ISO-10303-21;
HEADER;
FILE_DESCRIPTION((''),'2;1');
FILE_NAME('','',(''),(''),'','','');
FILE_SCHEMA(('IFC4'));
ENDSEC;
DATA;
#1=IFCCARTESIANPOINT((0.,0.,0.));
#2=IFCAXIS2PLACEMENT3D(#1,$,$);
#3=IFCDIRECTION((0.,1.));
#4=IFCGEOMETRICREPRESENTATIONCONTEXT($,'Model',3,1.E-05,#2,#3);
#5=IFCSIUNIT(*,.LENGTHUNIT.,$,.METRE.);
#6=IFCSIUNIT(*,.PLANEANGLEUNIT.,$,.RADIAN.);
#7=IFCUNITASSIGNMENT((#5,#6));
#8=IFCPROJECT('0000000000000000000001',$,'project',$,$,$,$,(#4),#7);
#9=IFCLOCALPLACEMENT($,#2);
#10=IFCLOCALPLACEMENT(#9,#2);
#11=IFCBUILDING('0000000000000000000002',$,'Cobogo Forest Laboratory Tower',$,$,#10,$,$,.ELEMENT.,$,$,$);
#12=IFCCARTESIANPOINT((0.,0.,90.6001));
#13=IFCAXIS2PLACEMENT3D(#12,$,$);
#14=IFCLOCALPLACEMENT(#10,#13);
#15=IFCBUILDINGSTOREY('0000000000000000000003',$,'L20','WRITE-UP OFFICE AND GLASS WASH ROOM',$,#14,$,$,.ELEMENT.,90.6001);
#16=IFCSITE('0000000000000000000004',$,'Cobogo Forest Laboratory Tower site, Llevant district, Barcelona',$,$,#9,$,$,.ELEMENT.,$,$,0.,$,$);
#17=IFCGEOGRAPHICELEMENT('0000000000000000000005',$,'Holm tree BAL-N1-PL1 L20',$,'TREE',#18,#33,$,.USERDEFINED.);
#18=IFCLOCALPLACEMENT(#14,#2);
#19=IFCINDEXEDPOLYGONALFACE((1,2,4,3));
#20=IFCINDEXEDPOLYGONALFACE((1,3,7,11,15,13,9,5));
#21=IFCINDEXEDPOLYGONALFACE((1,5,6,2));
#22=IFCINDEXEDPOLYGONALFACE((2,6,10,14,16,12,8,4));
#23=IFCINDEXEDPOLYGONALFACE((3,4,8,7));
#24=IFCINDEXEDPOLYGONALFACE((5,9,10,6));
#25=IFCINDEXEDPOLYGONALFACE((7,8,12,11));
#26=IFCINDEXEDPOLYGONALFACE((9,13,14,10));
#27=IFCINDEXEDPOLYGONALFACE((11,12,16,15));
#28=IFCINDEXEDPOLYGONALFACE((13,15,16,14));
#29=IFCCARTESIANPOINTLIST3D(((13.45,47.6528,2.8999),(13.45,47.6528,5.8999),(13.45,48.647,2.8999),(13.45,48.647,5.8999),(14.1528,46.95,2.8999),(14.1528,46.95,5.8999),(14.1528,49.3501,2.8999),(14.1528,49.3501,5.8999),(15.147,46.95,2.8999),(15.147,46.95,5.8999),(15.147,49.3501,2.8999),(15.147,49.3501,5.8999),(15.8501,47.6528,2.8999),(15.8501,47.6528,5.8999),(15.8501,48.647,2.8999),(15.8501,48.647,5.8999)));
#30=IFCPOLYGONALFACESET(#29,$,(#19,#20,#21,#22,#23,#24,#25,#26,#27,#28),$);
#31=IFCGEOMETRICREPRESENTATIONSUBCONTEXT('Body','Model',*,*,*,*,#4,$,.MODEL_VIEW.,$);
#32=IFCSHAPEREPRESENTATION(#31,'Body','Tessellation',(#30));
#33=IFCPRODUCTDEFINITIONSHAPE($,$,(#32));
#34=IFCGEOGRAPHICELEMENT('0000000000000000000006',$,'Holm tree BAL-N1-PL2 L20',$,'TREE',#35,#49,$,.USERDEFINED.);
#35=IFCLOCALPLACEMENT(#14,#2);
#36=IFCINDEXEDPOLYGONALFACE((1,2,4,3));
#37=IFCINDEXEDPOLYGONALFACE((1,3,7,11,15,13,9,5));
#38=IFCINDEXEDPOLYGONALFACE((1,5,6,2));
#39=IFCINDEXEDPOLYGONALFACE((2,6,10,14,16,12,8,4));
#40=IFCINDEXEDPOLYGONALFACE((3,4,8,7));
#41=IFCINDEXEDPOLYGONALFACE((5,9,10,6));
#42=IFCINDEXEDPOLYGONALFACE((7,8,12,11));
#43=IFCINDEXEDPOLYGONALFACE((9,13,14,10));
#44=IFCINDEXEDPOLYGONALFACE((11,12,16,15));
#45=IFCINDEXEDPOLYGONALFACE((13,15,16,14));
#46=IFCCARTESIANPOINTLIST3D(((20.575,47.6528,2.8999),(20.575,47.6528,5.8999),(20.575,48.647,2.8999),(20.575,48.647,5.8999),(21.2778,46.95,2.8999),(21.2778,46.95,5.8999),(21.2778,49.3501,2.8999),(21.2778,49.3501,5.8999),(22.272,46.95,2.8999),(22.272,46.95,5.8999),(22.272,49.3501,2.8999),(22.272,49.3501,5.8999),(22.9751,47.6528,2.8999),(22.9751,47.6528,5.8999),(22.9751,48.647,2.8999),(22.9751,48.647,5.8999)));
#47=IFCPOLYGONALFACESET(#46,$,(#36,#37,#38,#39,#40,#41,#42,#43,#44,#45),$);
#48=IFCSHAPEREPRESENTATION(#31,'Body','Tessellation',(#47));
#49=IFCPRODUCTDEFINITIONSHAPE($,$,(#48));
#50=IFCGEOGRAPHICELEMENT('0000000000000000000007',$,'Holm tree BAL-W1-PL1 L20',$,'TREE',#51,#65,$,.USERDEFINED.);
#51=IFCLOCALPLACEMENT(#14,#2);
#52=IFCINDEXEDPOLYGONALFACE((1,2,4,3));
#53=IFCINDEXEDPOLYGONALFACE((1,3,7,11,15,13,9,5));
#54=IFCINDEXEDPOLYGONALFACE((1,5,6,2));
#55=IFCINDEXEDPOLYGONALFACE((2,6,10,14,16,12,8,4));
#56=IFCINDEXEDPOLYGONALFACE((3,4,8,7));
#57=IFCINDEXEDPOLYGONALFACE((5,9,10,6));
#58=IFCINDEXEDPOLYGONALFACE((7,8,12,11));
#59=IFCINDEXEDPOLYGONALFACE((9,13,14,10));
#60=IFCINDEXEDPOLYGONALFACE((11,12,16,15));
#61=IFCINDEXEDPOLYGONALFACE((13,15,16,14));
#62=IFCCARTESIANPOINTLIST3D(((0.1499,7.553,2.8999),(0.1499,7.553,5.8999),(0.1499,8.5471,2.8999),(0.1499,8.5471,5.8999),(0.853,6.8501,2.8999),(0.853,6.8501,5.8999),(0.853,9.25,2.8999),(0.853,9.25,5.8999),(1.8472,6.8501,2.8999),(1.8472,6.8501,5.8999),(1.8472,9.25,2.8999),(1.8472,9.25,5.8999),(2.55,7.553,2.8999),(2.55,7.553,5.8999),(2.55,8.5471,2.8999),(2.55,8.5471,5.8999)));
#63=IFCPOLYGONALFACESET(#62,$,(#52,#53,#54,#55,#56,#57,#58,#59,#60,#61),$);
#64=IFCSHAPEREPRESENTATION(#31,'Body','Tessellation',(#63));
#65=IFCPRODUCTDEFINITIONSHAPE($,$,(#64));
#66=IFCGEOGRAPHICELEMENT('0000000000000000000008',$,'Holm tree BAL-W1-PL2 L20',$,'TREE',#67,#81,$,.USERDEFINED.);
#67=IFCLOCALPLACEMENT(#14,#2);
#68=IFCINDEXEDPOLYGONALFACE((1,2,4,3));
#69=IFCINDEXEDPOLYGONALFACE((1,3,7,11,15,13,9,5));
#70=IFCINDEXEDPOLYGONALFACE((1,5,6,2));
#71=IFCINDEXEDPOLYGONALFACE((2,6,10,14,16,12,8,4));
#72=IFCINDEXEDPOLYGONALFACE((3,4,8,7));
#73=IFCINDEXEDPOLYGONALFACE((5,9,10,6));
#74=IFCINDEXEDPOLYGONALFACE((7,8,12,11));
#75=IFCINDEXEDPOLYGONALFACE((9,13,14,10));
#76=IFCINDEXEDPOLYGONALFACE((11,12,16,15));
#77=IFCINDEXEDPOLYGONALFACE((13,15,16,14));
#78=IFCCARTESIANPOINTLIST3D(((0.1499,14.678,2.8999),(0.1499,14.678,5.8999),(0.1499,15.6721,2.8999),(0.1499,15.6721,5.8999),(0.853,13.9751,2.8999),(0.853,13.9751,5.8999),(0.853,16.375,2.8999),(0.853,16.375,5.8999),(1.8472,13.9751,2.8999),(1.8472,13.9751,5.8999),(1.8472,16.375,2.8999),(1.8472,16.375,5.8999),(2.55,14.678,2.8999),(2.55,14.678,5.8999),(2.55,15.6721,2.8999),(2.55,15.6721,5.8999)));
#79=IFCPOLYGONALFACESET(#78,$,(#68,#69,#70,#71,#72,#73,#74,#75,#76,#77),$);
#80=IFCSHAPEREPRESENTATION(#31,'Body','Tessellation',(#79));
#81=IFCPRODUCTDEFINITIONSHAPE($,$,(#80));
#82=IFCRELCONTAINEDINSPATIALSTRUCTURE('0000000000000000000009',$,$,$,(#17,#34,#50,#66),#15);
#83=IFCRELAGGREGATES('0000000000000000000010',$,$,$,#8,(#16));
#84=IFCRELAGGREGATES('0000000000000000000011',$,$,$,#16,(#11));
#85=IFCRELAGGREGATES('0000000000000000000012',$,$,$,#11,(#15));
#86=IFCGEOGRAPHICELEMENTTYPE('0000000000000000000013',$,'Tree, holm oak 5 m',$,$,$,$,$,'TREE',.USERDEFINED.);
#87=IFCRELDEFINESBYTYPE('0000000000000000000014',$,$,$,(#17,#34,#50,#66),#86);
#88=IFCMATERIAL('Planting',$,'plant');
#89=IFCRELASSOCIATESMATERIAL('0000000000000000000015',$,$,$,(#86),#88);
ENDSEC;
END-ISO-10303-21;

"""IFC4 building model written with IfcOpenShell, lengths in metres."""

from ifc_helpers import new_model, si_unit, direction, frame, origin, place, context, subcontext, project, spatial, polyline, outline, extrude, material, type_object, element, save


model = new_model("IFC4")

# Units and contexts
model_context = context("Model", 3, precision=1e-05, world=origin(), true_north=direction((0.0, 1.0)))
body_context = subcontext(model_context, "Body", "Model", "MODEL_VIEW")
ifc_project = project(units=[si_unit("LENGTHUNIT", "METRE"), si_unit("PLANEANGLEUNIT", "RADIAN")], contexts=[model_context])

# Site, building, storey
site_placement = place(None, origin())
site = spatial("IfcSite", under=ifc_project, at=site_placement, Name="Cobogo Forest Laboratory Tower site, Llevant district, Barcelona", CompositionType="ELEMENT", RefElevation=0.0)
building_placement = place(site_placement, origin())
building = spatial("IfcBuilding", under=site, at=building_placement, Name="Cobogo Forest Laboratory Tower", CompositionType="ELEMENT")
storey_placement = place(building_placement, frame((0.0, 0.0, 90.6001)))
storey = spatial("IfcBuildingStorey", under=building, at=storey_placement, Name="L20", Description="WRITE-UP OFFICE AND GLASS WASH ROOM", CompositionType="ELEMENT", Elevation=90.6001)

# Geographic elements
ifc_material_1 = material(Name="Planting", Category="plant")
geographic_element_type = type_object("IfcGeographicElementType", Name="Tree, holm oak 5 m", ElementType="TREE", PredefinedType="USERDEFINED", material=ifc_material_1)
geographic_element_1_placement = place(storey_placement, frame((0.0, 0.0, 2.8999)))
element("IfcGeographicElement", 1, at=geographic_element_1_placement, inside=storey, type_object=geographic_element_type, Name="Holm tree BAL-N1-PL1 L20", ObjectType="TREE", PredefinedType="USERDEFINED", context=body_context, shape_type="SweptSolid", body=[
    extrude(outline(polyline([(15.8501, 47.6528), (15.8501, 48.647), (15.147, 49.3501), (14.1528, 49.3501), (13.45, 48.647), (13.45, 47.6528), (14.1528, 46.95), (15.147, 46.95), (15.8501, 47.6528)])), origin(), (0.0, 0.0, 1.0), 3.0),
])
geographic_element_2_placement = place(storey_placement, frame((0.0, 0.0, 2.8999)))
element("IfcGeographicElement", 2, at=geographic_element_2_placement, inside=storey, type_object=geographic_element_type, Name="Holm tree BAL-N1-PL2 L20", ObjectType="TREE", PredefinedType="USERDEFINED", context=body_context, shape_type="SweptSolid", body=[
    extrude(outline(polyline([(22.9751, 47.6528), (22.9751, 48.647), (22.272, 49.3501), (21.2778, 49.3501), (20.575, 48.647), (20.575, 47.6528), (21.2778, 46.95), (22.272, 46.95), (22.9751, 47.6528)])), origin(), (0.0, 0.0, 1.0), 3.0),
])
geographic_element_3_placement = place(storey_placement, frame((0.0, 0.0, 2.8999)))
element("IfcGeographicElement", 3, at=geographic_element_3_placement, inside=storey, type_object=geographic_element_type, Name="Holm tree BAL-W1-PL1 L20", ObjectType="TREE", PredefinedType="USERDEFINED", context=body_context, shape_type="SweptSolid", body=[
    extrude(outline(polyline([(2.55, 7.553), (2.55, 8.5471), (1.8472, 9.25), (0.853, 9.25), (0.1499, 8.5471), (0.1499, 7.553), (0.853, 6.8501), (1.8472, 6.8501), (2.55, 7.553)])), origin(), (0.0, 0.0, 1.0), 3.0),
])
geographic_element_4_placement = place(storey_placement, frame((0.0, 0.0, 2.8999)))
element("IfcGeographicElement", 4, at=geographic_element_4_placement, inside=storey, type_object=geographic_element_type, Name="Holm tree BAL-W1-PL2 L20", ObjectType="TREE", PredefinedType="USERDEFINED", context=body_context, shape_type="SweptSolid", body=[
    extrude(outline(polyline([(2.55, 14.678), (2.55, 15.6721), (1.8472, 16.375), (0.853, 16.375), (0.1499, 15.6721), (0.1499, 14.678), (0.853, 13.9751), (1.8472, 13.9751), (2.55, 14.678)])), origin(), (0.0, 0.0, 1.0), 3.0),
])

save(model, "model.ifc")
